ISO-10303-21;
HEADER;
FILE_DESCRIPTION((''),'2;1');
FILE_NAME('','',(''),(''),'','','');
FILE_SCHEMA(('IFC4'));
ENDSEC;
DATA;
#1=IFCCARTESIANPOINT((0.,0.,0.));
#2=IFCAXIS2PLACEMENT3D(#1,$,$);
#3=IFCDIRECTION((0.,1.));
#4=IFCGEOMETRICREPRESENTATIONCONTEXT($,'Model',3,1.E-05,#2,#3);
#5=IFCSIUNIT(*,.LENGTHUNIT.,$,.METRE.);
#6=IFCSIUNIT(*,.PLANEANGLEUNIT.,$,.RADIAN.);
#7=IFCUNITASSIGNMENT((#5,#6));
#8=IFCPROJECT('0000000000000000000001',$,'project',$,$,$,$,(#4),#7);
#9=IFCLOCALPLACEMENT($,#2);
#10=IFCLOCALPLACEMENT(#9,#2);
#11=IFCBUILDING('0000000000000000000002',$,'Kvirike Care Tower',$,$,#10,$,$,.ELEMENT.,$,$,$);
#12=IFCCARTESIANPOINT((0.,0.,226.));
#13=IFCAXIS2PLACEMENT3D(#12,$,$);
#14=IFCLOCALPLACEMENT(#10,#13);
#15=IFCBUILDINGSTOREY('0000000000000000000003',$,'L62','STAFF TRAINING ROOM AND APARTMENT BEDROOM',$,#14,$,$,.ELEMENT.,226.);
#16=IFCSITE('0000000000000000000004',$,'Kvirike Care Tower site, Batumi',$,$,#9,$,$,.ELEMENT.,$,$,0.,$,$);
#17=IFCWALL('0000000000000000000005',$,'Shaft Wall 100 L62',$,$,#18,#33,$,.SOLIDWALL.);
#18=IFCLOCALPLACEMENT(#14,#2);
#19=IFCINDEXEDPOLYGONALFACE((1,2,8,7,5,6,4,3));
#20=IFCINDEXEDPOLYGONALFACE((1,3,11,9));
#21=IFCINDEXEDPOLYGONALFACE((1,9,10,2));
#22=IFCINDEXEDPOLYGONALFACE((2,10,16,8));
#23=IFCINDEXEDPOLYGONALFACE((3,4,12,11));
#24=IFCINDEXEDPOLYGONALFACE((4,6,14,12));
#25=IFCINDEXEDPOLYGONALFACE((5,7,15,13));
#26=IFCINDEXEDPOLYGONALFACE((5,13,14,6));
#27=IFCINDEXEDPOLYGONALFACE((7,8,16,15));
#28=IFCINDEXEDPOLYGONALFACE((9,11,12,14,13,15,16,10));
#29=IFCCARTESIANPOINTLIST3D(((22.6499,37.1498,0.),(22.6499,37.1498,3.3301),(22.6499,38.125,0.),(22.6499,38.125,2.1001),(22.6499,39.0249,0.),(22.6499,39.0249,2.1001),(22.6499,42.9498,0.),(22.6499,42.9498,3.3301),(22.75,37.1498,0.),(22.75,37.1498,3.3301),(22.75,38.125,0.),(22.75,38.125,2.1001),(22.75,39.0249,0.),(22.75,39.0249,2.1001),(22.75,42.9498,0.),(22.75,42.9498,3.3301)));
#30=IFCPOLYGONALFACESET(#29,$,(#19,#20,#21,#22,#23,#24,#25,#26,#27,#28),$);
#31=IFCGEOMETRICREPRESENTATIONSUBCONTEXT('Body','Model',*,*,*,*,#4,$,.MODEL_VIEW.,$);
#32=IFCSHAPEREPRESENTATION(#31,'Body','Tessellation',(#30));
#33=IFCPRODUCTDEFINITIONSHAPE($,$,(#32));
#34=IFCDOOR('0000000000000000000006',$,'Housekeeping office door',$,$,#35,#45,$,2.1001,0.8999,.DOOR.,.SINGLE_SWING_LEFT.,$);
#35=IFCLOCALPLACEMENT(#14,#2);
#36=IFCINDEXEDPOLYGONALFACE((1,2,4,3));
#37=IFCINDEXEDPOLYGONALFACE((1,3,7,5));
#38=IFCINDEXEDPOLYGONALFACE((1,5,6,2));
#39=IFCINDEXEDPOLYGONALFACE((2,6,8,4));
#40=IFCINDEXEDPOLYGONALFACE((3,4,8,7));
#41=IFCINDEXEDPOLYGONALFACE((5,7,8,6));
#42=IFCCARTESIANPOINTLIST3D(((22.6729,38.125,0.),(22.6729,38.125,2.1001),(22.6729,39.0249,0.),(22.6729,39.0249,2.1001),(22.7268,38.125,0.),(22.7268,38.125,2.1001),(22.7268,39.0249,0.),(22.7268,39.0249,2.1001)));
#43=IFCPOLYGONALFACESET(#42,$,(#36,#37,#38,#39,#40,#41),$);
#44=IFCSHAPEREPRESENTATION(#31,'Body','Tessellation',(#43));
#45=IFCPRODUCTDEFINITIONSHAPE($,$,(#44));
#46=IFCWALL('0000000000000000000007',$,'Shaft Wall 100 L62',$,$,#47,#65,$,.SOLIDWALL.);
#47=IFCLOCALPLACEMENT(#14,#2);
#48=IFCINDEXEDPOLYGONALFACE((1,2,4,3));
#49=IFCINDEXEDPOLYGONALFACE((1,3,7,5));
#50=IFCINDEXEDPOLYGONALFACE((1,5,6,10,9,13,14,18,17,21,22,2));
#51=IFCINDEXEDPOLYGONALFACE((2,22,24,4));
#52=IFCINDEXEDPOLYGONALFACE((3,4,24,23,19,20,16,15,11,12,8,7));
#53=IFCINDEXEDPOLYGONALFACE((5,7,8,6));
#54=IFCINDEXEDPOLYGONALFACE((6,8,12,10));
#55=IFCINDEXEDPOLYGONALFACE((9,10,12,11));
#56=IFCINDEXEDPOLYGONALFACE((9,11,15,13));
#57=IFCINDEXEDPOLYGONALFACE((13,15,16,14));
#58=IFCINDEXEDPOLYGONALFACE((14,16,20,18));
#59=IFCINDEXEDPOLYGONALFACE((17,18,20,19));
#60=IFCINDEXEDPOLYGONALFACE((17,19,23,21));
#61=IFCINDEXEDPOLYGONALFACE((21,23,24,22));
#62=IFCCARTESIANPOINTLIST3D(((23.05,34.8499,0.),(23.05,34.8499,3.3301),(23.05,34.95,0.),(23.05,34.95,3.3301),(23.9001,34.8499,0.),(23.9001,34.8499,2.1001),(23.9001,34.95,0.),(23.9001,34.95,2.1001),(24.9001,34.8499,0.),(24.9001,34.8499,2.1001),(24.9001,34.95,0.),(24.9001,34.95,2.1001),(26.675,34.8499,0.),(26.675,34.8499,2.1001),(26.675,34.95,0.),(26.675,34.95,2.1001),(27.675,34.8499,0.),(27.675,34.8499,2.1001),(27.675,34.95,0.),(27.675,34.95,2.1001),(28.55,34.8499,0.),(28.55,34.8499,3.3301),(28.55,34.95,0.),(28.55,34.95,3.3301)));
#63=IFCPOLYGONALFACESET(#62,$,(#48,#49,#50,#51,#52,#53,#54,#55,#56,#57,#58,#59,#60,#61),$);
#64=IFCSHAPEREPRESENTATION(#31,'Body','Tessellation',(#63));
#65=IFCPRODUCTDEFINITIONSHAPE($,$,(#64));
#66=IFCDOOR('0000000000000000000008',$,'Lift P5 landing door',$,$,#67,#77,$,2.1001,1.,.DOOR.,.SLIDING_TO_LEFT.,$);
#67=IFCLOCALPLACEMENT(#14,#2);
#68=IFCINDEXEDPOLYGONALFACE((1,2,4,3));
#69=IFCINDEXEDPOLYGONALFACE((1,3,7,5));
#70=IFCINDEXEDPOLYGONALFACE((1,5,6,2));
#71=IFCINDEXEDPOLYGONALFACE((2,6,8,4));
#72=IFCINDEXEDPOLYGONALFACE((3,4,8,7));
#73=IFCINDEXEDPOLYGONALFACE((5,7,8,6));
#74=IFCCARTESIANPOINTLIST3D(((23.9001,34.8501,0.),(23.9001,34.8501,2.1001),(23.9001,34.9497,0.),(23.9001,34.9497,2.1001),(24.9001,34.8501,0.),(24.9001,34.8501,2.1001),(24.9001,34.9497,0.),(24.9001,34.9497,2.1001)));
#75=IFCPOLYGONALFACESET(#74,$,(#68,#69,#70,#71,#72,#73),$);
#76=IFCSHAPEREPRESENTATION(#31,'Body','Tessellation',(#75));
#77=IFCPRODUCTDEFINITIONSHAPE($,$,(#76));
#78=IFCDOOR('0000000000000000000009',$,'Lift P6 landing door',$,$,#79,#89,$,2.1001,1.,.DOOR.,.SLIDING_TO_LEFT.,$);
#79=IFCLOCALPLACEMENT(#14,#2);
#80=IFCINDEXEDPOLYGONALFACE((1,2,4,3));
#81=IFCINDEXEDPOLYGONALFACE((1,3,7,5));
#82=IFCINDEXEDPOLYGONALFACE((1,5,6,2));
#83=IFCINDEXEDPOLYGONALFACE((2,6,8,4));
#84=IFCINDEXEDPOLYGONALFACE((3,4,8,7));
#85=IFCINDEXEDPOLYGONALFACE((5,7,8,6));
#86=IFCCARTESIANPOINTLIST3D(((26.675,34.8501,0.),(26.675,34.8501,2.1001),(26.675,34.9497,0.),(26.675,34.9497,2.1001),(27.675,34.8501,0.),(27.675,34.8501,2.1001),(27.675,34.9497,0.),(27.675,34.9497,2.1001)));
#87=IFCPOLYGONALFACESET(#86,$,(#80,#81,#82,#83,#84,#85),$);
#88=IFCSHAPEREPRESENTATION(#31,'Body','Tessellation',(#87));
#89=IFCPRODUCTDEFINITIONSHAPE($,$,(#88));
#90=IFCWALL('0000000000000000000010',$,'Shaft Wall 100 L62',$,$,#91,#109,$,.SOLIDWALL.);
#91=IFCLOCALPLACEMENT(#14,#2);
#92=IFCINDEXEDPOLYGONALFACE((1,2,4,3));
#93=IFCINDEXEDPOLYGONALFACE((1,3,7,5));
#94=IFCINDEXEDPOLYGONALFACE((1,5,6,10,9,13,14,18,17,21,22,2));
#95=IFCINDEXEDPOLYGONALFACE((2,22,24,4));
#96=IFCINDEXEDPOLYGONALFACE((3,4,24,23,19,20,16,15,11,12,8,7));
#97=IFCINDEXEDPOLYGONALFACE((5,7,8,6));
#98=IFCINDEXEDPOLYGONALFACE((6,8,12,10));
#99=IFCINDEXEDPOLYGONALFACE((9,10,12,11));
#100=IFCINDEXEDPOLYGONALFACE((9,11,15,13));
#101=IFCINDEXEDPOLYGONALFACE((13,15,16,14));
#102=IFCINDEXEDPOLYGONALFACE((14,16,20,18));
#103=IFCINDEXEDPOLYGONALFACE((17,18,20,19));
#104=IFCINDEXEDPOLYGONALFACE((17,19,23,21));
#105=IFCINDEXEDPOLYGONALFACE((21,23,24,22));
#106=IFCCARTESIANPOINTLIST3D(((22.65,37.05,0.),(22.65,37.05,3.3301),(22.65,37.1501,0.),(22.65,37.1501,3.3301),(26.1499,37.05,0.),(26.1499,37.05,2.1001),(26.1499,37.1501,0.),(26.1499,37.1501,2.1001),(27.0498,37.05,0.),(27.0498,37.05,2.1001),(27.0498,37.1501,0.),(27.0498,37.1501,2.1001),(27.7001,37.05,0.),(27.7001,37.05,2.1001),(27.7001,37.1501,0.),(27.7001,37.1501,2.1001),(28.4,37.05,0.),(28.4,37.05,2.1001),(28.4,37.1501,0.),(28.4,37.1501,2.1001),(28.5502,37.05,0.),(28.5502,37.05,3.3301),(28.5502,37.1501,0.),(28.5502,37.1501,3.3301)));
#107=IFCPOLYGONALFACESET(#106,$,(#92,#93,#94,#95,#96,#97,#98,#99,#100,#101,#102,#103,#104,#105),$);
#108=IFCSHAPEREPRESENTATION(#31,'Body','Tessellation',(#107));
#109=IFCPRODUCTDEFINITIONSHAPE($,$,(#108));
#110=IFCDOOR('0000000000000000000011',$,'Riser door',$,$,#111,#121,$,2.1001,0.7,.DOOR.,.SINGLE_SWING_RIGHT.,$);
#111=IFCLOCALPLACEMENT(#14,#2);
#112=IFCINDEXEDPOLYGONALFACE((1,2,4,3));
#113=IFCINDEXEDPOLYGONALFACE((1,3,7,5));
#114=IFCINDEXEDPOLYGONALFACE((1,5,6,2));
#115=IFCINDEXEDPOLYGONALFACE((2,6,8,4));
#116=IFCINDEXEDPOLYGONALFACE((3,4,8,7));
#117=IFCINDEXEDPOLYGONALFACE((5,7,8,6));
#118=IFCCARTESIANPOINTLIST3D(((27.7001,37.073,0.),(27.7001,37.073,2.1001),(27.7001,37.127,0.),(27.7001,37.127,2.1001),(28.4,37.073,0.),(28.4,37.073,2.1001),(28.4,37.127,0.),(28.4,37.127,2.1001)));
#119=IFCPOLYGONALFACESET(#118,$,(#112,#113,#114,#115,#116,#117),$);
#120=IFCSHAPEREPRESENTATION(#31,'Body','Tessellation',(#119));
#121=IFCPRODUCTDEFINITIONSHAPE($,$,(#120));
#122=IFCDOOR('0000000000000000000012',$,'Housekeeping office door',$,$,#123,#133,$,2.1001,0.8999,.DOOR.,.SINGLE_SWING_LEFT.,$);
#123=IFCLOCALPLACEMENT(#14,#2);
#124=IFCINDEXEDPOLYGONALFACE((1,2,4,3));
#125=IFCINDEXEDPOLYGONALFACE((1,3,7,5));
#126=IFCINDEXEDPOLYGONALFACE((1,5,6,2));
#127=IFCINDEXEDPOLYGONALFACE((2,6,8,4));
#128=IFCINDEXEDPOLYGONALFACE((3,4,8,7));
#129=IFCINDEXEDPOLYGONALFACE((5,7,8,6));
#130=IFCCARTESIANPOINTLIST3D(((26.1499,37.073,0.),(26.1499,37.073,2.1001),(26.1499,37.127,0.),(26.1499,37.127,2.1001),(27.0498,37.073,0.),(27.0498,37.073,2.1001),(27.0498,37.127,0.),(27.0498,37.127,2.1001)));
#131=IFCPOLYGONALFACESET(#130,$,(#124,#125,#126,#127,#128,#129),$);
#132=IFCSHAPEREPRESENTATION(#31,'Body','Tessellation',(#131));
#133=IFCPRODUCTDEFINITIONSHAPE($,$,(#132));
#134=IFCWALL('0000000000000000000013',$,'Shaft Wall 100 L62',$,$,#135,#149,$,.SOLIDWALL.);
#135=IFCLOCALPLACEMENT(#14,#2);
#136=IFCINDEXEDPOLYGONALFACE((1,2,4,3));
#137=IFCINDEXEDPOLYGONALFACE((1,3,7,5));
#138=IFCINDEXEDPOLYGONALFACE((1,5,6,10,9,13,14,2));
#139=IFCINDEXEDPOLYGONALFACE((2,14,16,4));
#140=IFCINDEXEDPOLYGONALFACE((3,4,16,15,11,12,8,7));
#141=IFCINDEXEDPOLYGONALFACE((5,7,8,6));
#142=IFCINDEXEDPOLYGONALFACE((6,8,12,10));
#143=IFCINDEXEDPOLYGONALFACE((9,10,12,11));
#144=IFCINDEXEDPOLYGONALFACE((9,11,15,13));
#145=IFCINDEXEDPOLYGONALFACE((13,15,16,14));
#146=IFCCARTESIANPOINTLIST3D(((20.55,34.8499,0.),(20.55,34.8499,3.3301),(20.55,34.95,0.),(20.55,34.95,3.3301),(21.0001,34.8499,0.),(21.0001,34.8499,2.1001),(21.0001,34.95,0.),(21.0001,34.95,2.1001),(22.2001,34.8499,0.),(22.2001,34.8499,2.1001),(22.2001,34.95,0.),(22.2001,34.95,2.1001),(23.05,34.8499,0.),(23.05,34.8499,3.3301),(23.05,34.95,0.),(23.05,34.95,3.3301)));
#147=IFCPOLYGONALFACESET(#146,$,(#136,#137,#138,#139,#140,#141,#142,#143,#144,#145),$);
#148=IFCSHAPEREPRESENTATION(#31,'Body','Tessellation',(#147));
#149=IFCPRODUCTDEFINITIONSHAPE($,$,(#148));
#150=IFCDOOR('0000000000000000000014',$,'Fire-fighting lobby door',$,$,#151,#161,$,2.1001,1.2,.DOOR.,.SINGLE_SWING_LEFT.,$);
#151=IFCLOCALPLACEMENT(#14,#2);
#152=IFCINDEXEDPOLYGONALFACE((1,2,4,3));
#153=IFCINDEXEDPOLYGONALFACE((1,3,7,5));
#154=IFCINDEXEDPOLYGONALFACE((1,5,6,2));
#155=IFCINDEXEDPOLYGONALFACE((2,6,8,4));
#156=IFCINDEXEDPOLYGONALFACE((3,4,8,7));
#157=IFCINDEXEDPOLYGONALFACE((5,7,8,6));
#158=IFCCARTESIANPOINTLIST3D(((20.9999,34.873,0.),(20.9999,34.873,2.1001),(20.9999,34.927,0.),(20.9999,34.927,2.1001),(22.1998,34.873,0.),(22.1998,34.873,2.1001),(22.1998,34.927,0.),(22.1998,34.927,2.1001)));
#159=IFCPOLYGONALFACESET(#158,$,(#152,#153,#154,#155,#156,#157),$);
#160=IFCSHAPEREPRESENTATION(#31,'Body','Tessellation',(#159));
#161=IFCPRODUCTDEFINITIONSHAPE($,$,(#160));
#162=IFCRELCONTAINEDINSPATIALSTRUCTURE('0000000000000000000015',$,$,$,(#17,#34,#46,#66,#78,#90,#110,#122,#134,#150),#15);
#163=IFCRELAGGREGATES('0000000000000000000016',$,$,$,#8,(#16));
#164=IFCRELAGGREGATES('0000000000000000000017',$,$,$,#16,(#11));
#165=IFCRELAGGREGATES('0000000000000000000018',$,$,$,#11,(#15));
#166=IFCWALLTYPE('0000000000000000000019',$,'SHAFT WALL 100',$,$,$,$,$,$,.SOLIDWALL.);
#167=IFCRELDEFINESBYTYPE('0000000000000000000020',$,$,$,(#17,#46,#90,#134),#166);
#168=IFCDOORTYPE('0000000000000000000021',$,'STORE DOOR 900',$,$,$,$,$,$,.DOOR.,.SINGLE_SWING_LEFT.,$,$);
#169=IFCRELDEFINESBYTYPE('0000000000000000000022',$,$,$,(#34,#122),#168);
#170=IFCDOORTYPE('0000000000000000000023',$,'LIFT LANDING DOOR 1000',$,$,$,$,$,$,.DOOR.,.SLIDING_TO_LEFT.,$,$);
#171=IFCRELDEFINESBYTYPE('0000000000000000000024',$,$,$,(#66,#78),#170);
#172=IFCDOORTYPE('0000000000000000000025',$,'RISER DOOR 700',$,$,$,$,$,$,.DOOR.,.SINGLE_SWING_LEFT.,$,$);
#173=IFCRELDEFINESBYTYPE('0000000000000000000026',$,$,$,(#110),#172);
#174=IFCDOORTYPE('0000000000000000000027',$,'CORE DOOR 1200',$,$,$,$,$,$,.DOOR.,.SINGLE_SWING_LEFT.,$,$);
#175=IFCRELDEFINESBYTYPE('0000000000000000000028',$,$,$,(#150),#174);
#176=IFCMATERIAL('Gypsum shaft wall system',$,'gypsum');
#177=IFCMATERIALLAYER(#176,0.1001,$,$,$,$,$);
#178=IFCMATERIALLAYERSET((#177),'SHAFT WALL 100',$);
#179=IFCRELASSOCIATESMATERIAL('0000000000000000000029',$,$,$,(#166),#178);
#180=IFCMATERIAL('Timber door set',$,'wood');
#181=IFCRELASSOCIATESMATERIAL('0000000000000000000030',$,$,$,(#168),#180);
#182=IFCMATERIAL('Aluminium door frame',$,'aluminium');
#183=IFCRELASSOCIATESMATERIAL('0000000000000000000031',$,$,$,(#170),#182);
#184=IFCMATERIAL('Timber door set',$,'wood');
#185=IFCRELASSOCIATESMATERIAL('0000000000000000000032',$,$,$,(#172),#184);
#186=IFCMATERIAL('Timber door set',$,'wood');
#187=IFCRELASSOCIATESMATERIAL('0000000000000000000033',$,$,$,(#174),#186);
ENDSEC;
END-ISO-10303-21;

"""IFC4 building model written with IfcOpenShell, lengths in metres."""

from ifc_helpers import new_model, si_unit, direction, frame, frame_2d, origin, place, context, subcontext, project, spatial, rectangle, extrude, material, layer, layer_set, type_object, element, fill, save


model = new_model("IFC4")

# Units and contexts
model_context = context("Model", 3, precision=1e-05, world=origin(), true_north=direction((0.0, 1.0)))
body_context = subcontext(model_context, "Body", "Model", "MODEL_VIEW")
ifc_project = project(units=[si_unit("LENGTHUNIT", "METRE"), si_unit("PLANEANGLEUNIT", "RADIAN")], contexts=[model_context])

# Site, building, storey
site_placement = place(None, origin())
site = spatial("IfcSite", under=ifc_project, at=site_placement, Name="Kvirike Care Tower site, Batumi", CompositionType="ELEMENT", RefElevation=0.0)
building_placement = place(site_placement, origin())
building = spatial("IfcBuilding", under=site, at=building_placement, Name="Kvirike Care Tower", CompositionType="ELEMENT")
storey_placement = place(building_placement, frame((0.0, 0.0, 226.0)))
storey = spatial("IfcBuildingStorey", under=building, at=storey_placement, Name="L62", Description="STAFF TRAINING ROOM AND APARTMENT BEDROOM", CompositionType="ELEMENT", Elevation=226.0)

# Shared definitions
ifc_material_1 = material(Name="Gypsum shaft wall system", Category="gypsum")
ifc_layer_1 = layer(ifc_material_1, 0.1001)
ifc_layer_set_1 = layer_set([ifc_layer_1], Name="SHAFT WALL 100")
wall_type = type_object("IfcWallType", Name="SHAFT WALL 100", PredefinedType="SOLIDWALL", material=ifc_layer_set_1)

# Wall, opening, door
wall_1_placement = place(storey_placement, frame((22.7, 37.1499, 0.0), z_axis=(0.0, 0.0, 1.0), x_axis=(0.0, 1.0, 0.0)))
wall_1 = element("IfcWall", 1, at=wall_1_placement, inside=storey, type_object=wall_type, Name="Shaft Wall 100 L62", PredefinedType="SOLIDWALL", context=body_context, shape_type="SweptSolid", body=[
    extrude(rectangle(XDim=5.8, YDim=0.1001, at=frame_2d((2.8999, 0.0))), origin(), (0.0, 0.0, 1.0), 3.3301),
])
opening_1_placement = place(wall_1_placement, frame((0.9751, 0.0, 0.0)))
opening_1 = element("IfcOpeningElement", 2, at=opening_1_placement, cuts=wall_1, PredefinedType="OPENING", context=body_context, shape_type="SweptSolid", body=[
    extrude(rectangle(XDim=0.8999, YDim=2.1001, at=frame_2d((0.45, 1.05))), frame((0.0, 0.0605, 0.0), z_axis=(0.0, -1.0, 0.0), x_axis=(1.0, 0.0, 0.0)), (0.0, 0.0, 1.0), 0.1211),
])
ifc_material_2 = material(Name="Timber door set", Category="wood")
door_type_1 = type_object("IfcDoorType", Name="STORE DOOR 900", OperationType="SINGLE_SWING_LEFT", PredefinedType="DOOR", material=ifc_material_2)
door_1_placement = place(opening_1_placement, frame((0.8999, 0.0, 0.0), z_axis=(0.0, 0.0, 1.0), x_axis=(-1.0, 0.0, 0.0)))
door_1 = element("IfcDoor", 3, at=door_1_placement, inside=storey, type_object=door_type_1, Name="Housekeeping office door", OperationType="SINGLE_SWING_LEFT", OverallHeight=2.1001, OverallWidth=0.8999, PredefinedType="DOOR", context=body_context, shape_type="SweptSolid", body=[
    extrude(rectangle(XDim=0.8999, YDim=2.1001, at=frame_2d((0.45, 1.05))), frame((0.0, 0.0269, 0.0), z_axis=(0.0, -1.0, 0.0), x_axis=(1.0, 0.0, 0.0)), (0.0, 0.0, 1.0), 0.054),
])
fill(opening_1, door_1)

# Walls, openings, doors
wall_2_placement = place(storey_placement, frame((23.05, 34.8999, 0.0), z_axis=(0.0, 0.0, 1.0), x_axis=(1.0, 0.0, 0.0)))
wall_2 = element("IfcWall", 4, at=wall_2_placement, inside=storey, type_object=wall_type, Name="Shaft Wall 100 L62", PredefinedType="SOLIDWALL", context=body_context, shape_type="SweptSolid", body=[
    extrude(rectangle(XDim=5.5, YDim=0.1001, at=frame_2d((2.75, 0.0))), origin(), (0.0, 0.0, 1.0), 3.3301),
])
opening_2_placement = place(wall_2_placement, frame((0.8501, 0.0, 0.0)))
opening_2 = element("IfcOpeningElement", 5, at=opening_2_placement, cuts=wall_2, PredefinedType="OPENING", context=body_context, shape_type="SweptSolid", body=[
    extrude(rectangle(XDim=1.0, YDim=2.1001, at=frame_2d((0.5, 1.05))), frame((0.0, 0.0605, 0.0), z_axis=(0.0, -1.0, 0.0), x_axis=(1.0, 0.0, 0.0)), (0.0, 0.0, 1.0), 0.1211),
])
opening_3_placement = place(wall_2_placement, frame((3.625, 0.0, 0.0)))
opening_3 = element("IfcOpeningElement", 6, at=opening_3_placement, cuts=wall_2, PredefinedType="OPENING", context=body_context, shape_type="SweptSolid", body=[
    extrude(rectangle(XDim=1.0, YDim=2.1001, at=frame_2d((0.5, 1.05))), frame((0.0, 0.0605, 0.0), z_axis=(0.0, -1.0, 0.0), x_axis=(1.0, 0.0, 0.0)), (0.0, 0.0, 1.0), 0.1211),
])
ifc_material_3 = material(Name="Aluminium door frame", Category="aluminium")
door_type_2 = type_object("IfcDoorType", Name="LIFT LANDING DOOR 1000", OperationType="SLIDING_TO_LEFT", PredefinedType="DOOR", material=ifc_material_3)
door_2_placement = place(opening_2_placement, origin())
door_2 = element("IfcDoor", 7, at=door_2_placement, inside=storey, type_object=door_type_2, Name="Lift P5 landing door", OperationType="SLIDING_TO_LEFT", OverallHeight=2.1001, OverallWidth=1.0, PredefinedType="DOOR", context=body_context, shape_type="SweptSolid", body=[
    extrude(rectangle(XDim=1.0, YDim=2.1001, at=frame_2d((0.5, 1.05))), frame((0.0, 0.0498, 0.0), z_axis=(0.0, -1.0, 0.0), x_axis=(1.0, 0.0, 0.0)), (0.0, 0.0, 1.0), 0.0996),
])
fill(opening_2, door_2)
door_3_placement = place(opening_3_placement, origin())
door_3 = element("IfcDoor", 8, at=door_3_placement, inside=storey, type_object=door_type_2, Name="Lift P6 landing door", OperationType="SLIDING_TO_LEFT", OverallHeight=2.1001, OverallWidth=1.0, PredefinedType="DOOR", context=body_context, shape_type="SweptSolid", body=[
    extrude(rectangle(XDim=1.0, YDim=2.1001, at=frame_2d((0.5, 1.05))), frame((0.0, 0.0498, 0.0), z_axis=(0.0, -1.0, 0.0), x_axis=(1.0, 0.0, 0.0)), (0.0, 0.0, 1.0), 0.0996),
])
fill(opening_3, door_3)
wall_3_placement = place(storey_placement, frame((22.6499, 37.1001, 0.0), z_axis=(0.0, 0.0, 1.0), x_axis=(1.0, 0.0, 0.0)))
wall_3 = element("IfcWall", 9, at=wall_3_placement, inside=storey, type_object=wall_type, Name="Shaft Wall 100 L62", PredefinedType="SOLIDWALL", context=body_context, shape_type="SweptSolid", body=[
    extrude(rectangle(XDim=5.9001, YDim=0.1001, at=frame_2d((2.9502, 0.0))), origin(), (0.0, 0.0, 1.0), 3.3301),
])
opening_4_placement = place(wall_3_placement, frame((3.5, 0.0, 0.0)))
opening_4 = element("IfcOpeningElement", 10, at=opening_4_placement, cuts=wall_3, PredefinedType="OPENING", context=body_context, shape_type="SweptSolid", body=[
    extrude(rectangle(XDim=0.8999, YDim=2.1001, at=frame_2d((0.45, 1.05))), frame((0.0, 0.0605, 0.0), z_axis=(0.0, -1.0, 0.0), x_axis=(1.0, 0.0, 0.0)), (0.0, 0.0, 1.0), 0.1211),
])
opening_5_placement = place(wall_3_placement, frame((5.05, 0.0, 0.0)))
opening_5 = element("IfcOpeningElement", 11, at=opening_5_placement, cuts=wall_3, PredefinedType="OPENING", context=body_context, shape_type="SweptSolid", body=[
    extrude(rectangle(XDim=0.7, YDim=2.1001, at=frame_2d((0.3501, 1.05))), frame((0.0, 0.0605, 0.0), z_axis=(0.0, -1.0, 0.0), x_axis=(1.0, 0.0, 0.0)), (0.0, 0.0, 1.0), 0.1211),
])
ifc_material_4 = material(Name="Timber door set", Category="wood")
door_type_3 = type_object("IfcDoorType", Name="RISER DOOR 700", OperationType="SINGLE_SWING_LEFT", PredefinedType="DOOR", material=ifc_material_4)
door_4_placement = place(opening_5_placement, origin())
door_4 = element("IfcDoor", 12, at=door_4_placement, inside=storey, type_object=door_type_3, Name="Riser door", OperationType="SINGLE_SWING_RIGHT", OverallHeight=2.1001, OverallWidth=0.7, PredefinedType="DOOR", context=body_context, shape_type="SweptSolid", body=[
    extrude(rectangle(XDim=0.7, YDim=2.1001, at=frame_2d((0.3501, 1.05))), frame((0.0, 0.0269, 0.0), z_axis=(0.0, -1.0, 0.0), x_axis=(1.0, 0.0, 0.0)), (0.0, 0.0, 1.0), 0.054),
])
fill(opening_5, door_4)
door_5_placement = place(opening_4_placement, origin())
door_5 = element("IfcDoor", 13, at=door_5_placement, inside=storey, type_object=door_type_1, Name="Housekeeping office door", OperationType="SINGLE_SWING_LEFT", OverallHeight=2.1001, OverallWidth=0.8999, PredefinedType="DOOR", context=body_context, shape_type="SweptSolid", body=[
    extrude(rectangle(XDim=0.8999, YDim=2.1001, at=frame_2d((0.45, 1.05))), frame((0.0, 0.0269, 0.0), z_axis=(0.0, -1.0, 0.0), x_axis=(1.0, 0.0, 0.0)), (0.0, 0.0, 1.0), 0.054),
])
fill(opening_4, door_5)

# Wall, opening, door
wall_4_placement = place(storey_placement, frame((20.55, 34.8999, 0.0), z_axis=(0.0, 0.0, 1.0), x_axis=(1.0, 0.0, 0.0)))
wall_4 = element("IfcWall", 14, at=wall_4_placement, inside=storey, type_object=wall_type, Name="Shaft Wall 100 L62", PredefinedType="SOLIDWALL", context=body_context, shape_type="SweptSolid", body=[
    extrude(rectangle(XDim=2.5, YDim=0.1001, at=frame_2d((1.25, 0.0))), origin(), (0.0, 0.0, 1.0), 3.3301),
])
opening_6_placement = place(wall_4_placement, frame((0.45, 0.0, 0.0)))
opening_6 = element("IfcOpeningElement", 15, at=opening_6_placement, cuts=wall_4, PredefinedType="OPENING", context=body_context, shape_type="SweptSolid", body=[
    extrude(rectangle(XDim=1.2, YDim=2.1001, at=frame_2d((0.6001, 1.05))), frame((0.0, 0.0605, 0.0), z_axis=(0.0, -1.0, 0.0), x_axis=(1.0, 0.0, 0.0)), (0.0, 0.0, 1.0), 0.1211),
])
ifc_material_5 = material(Name="Timber door set", Category="wood")
door_type_4 = type_object("IfcDoorType", Name="CORE DOOR 1200", OperationType="SINGLE_SWING_LEFT", PredefinedType="DOOR", material=ifc_material_5)
door_6_placement = place(opening_6_placement, frame((1.2, 0.0, 0.0), z_axis=(0.0, 0.0, 1.0), x_axis=(-1.0, 0.0, 0.0)))
door_6 = element("IfcDoor", 16, at=door_6_placement, inside=storey, type_object=door_type_4, Name="Fire-fighting lobby door", OperationType="SINGLE_SWING_LEFT", OverallHeight=2.1001, OverallWidth=1.2, PredefinedType="DOOR", context=body_context, shape_type="SweptSolid", body=[
    extrude(rectangle(XDim=1.2, YDim=2.1001, at=frame_2d((0.6001, 1.05))), frame((0.0, 0.0269, 0.0), z_axis=(0.0, -1.0, 0.0), x_axis=(1.0, 0.0, 0.0)), (0.0, 0.0, 1.0), 0.054),
])
fill(opening_6, door_6)

save(model, "model.ifc")
